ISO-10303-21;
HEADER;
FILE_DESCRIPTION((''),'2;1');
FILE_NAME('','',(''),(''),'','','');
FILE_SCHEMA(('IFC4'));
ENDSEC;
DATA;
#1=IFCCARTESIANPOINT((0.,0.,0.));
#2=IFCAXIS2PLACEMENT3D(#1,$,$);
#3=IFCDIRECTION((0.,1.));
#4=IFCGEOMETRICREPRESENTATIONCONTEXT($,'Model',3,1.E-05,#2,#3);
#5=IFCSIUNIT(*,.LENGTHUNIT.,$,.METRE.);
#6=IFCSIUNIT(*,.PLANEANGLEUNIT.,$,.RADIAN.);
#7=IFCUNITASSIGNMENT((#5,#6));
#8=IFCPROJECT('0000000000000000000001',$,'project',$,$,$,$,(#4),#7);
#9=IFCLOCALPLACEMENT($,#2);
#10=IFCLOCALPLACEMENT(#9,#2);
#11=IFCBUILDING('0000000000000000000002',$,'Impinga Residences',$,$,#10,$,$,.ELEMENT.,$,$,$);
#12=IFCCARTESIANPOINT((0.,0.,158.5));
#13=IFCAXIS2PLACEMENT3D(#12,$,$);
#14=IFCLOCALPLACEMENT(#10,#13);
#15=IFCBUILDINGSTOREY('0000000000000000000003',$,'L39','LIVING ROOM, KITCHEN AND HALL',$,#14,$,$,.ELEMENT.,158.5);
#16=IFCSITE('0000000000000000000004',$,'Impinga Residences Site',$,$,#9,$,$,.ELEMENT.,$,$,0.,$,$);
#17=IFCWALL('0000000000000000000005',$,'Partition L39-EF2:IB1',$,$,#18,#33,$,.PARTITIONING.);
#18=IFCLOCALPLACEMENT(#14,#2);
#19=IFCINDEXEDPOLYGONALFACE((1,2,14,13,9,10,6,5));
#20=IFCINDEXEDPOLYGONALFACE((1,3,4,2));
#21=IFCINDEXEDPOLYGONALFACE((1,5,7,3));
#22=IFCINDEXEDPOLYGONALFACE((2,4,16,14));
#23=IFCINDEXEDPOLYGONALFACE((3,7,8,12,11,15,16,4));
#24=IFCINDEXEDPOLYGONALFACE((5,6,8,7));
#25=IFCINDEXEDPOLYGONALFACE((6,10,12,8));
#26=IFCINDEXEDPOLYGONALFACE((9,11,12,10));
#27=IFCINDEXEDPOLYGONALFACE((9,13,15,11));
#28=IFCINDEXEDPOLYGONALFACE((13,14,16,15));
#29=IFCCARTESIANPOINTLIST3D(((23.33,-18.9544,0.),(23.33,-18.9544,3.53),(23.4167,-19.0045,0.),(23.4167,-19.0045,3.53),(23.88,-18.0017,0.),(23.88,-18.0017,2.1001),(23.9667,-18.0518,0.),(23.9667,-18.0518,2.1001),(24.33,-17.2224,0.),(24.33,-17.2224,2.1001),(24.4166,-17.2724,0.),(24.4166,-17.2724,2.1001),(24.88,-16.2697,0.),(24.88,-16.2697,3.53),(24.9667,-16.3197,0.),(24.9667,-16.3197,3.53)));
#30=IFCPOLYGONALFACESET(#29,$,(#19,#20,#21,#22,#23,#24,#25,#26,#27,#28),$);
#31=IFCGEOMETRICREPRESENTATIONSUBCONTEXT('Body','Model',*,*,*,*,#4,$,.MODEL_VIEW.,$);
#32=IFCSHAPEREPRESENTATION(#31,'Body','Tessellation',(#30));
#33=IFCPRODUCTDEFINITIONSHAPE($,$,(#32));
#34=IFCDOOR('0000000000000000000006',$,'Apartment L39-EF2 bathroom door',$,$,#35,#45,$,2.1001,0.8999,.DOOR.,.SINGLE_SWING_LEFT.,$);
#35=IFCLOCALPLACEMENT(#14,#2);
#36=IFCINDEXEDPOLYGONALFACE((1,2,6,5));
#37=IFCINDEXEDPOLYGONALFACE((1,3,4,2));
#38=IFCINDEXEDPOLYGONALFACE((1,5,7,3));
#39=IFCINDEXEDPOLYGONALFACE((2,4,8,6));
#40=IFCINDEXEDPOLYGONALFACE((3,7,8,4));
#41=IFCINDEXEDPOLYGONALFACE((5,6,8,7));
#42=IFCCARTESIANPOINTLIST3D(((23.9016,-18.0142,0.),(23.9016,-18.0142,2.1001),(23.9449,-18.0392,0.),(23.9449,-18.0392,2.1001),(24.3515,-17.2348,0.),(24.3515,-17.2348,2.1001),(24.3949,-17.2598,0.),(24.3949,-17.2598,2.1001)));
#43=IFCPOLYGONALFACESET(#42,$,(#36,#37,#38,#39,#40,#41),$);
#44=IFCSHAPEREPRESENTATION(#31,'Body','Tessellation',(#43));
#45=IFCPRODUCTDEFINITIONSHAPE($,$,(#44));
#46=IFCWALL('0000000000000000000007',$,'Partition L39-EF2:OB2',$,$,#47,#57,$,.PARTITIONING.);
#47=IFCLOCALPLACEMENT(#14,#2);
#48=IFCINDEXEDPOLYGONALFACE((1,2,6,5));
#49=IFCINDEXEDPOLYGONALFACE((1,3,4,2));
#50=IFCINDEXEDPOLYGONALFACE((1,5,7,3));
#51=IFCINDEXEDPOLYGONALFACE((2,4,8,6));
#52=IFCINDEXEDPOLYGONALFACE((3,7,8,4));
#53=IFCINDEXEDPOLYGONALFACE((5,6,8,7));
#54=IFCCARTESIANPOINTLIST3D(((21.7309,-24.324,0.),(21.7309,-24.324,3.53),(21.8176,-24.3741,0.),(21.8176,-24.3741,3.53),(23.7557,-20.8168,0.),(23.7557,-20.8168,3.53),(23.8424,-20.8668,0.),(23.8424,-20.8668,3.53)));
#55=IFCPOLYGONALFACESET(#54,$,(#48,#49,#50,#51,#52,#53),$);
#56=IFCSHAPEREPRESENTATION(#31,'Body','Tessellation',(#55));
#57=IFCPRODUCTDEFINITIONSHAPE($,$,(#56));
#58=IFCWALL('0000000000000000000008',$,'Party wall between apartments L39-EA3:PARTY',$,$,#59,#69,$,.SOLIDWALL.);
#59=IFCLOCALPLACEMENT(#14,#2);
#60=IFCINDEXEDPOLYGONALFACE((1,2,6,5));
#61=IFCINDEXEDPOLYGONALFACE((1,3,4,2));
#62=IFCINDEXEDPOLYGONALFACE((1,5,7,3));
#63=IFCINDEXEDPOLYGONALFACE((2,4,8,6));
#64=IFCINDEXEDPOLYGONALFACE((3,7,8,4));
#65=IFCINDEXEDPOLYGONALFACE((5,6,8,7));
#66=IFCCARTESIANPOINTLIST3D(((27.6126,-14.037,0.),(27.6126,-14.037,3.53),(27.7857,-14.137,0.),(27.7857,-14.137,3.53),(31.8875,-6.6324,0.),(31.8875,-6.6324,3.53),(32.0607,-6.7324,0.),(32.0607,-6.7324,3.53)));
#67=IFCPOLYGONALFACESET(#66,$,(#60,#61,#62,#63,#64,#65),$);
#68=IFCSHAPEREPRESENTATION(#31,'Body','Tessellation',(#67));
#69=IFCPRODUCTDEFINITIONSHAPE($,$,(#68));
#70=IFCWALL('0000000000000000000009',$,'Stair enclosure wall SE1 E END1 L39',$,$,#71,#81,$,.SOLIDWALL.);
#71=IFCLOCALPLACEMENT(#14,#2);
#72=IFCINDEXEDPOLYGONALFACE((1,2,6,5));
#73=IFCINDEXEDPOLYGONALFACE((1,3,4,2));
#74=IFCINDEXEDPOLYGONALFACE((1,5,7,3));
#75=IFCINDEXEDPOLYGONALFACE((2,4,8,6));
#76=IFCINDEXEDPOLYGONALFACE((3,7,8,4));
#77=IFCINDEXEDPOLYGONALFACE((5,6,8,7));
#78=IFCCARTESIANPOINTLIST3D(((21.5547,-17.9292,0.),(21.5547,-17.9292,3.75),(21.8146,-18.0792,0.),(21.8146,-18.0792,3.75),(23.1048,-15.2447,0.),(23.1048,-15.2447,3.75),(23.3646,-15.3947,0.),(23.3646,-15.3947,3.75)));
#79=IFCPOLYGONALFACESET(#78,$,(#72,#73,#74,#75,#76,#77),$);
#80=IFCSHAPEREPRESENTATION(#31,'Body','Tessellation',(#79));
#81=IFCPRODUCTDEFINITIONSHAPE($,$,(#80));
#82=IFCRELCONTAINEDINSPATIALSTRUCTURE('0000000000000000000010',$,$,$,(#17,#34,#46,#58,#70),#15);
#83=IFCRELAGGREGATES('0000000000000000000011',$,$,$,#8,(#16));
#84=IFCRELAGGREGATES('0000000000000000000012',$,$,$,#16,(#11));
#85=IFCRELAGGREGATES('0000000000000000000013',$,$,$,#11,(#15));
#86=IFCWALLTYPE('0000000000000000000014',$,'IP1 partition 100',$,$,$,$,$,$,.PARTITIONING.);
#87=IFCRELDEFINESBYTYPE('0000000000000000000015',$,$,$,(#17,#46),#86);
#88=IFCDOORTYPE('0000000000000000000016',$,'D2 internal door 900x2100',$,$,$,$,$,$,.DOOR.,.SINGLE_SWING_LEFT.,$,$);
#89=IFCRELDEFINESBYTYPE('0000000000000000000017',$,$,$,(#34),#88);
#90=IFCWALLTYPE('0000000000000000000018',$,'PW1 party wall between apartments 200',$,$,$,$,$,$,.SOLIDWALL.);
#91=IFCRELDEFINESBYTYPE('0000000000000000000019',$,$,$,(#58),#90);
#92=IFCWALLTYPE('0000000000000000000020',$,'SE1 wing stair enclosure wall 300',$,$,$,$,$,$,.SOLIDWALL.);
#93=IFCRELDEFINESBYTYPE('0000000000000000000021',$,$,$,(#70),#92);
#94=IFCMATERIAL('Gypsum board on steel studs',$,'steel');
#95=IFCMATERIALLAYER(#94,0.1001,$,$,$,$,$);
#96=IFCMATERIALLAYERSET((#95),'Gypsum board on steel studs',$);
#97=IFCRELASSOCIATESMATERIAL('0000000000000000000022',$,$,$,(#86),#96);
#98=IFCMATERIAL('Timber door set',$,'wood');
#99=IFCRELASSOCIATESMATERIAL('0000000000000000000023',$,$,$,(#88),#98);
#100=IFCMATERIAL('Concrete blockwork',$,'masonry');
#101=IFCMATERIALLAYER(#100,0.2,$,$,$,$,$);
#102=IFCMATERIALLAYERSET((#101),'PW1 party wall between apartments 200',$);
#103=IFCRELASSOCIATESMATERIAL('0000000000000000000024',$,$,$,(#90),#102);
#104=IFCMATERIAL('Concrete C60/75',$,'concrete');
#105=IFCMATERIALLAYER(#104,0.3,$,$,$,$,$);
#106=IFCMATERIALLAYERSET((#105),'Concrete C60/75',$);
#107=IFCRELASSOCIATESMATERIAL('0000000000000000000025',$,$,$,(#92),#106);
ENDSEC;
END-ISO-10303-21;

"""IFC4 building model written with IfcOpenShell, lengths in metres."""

from ifc_helpers import new_model, si_unit, direction, frame, frame_2d, origin, place, context, subcontext, project, spatial, rectangle, extrude, material, layer, layer_set, type_object, element, fill, save


model = new_model("IFC4")

# Units and contexts
model_context = context("Model", 3, precision=1e-05, world=origin(), true_north=direction((0.0, 1.0)))
body_context = subcontext(model_context, "Body", "Model", "MODEL_VIEW")
ifc_project = project(units=[si_unit("LENGTHUNIT", "METRE"), si_unit("PLANEANGLEUNIT", "RADIAN")], contexts=[model_context])

# Site, building, storey
site_placement = place(None, origin())
site = spatial("IfcSite", under=ifc_project, at=site_placement, Name="Impinga Residences Site", CompositionType="ELEMENT", RefElevation=0.0)
building_placement = place(site_placement, origin())
building = spatial("IfcBuilding", under=site, at=building_placement, Name="Impinga Residences", CompositionType="ELEMENT")
storey_placement = place(building_placement, frame((0.0, 0.0, 158.5)))
storey = spatial("IfcBuildingStorey", under=building, at=storey_placement, Name="L39", Description="LIVING ROOM, KITCHEN AND HALL", CompositionType="ELEMENT", Elevation=158.5)

# Shared definitions
ifc_material_1 = material(Name="Concrete C60/75", Category="concrete")

# Shared definitions
ifc_material_2 = material(Name="Gypsum board on steel studs", Category="steel")
ifc_layer_1 = layer(ifc_material_2, 0.1001)
ifc_layer_set_1 = layer_set([ifc_layer_1], Name="Gypsum board on steel studs")
wall_type_1 = type_object("IfcWallType", Name="IP1 partition 100", PredefinedType="PARTITIONING", material=ifc_layer_set_1)

# Wall, opening, door
wall_1_placement = place(storey_placement, frame((24.9233, -16.2947, 0.0), z_axis=(0.0, 0.0, 1.0), x_axis=(-0.499993, -0.86603, 0.0)))
wall_1 = element("IfcWall", 1, at=wall_1_placement, inside=storey, type_object=wall_type_1, Name="Partition L39-EF2:IB1", PredefinedType="PARTITIONING", context=body_context, shape_type="SweptSolid", body=[
    extrude(rectangle(XDim=3.1001, YDim=0.1001, at=frame_2d((1.55, 0.0))), origin(), (0.0, 0.0, 1.0), 3.53),
])
opening_1_placement = place(wall_1_placement, frame((1.1001, 0.0, 0.0)))
opening_1 = element("IfcOpeningElement", 2, at=opening_1_placement, cuts=wall_1, PredefinedType="OPENING", context=body_context, shape_type="SweptSolid", body=[
    extrude(rectangle(XDim=0.8999, YDim=2.1001, at=frame_2d((0.45, 1.05))), frame((0.0, 0.0601, 0.0), z_axis=(0.0, -1.0, 0.0), x_axis=(1.0, 0.0, 0.0)), (0.0, 0.0, 1.0), 0.1201),
])
ifc_material_3 = material(Name="Timber door set", Category="wood")
door_type = type_object("IfcDoorType", Name="D2 internal door 900x2100", OperationType="SINGLE_SWING_LEFT", PredefinedType="DOOR", material=ifc_material_3)
door_placement = place(opening_1_placement, origin())
door = element("IfcDoor", 3, at=door_placement, inside=storey, type_object=door_type, Name="Apartment L39-EF2 bathroom door", OperationType="SINGLE_SWING_LEFT", OverallHeight=2.1001, OverallWidth=0.8999, PredefinedType="DOOR", context=body_context, shape_type="SweptSolid", body=[
    extrude(rectangle(XDim=0.8999, YDim=2.1001, at=frame_2d((0.45, 1.05))), frame((0.0, 0.0249, 0.0), z_axis=(0.0, -1.0, 0.0), x_axis=(1.0, 0.0, 0.0)), (0.0, 0.0, 1.0), 0.05),
])
fill(opening_1, door)

# Walls
wall_2_placement = place(storey_placement, frame((23.7991, -20.8418, 0.0), z_axis=(0.0, 0.0, 1.0), x_axis=(-0.49999, -0.866031, 0.0)))
element("IfcWall", 4, at=wall_2_placement, inside=storey, type_object=wall_type_1, Name="Partition L39-EF2:OB2", PredefinedType="PARTITIONING", context=body_context, shape_type="SweptSolid", body=[
    extrude(rectangle(XDim=4.0498, YDim=0.1001, at=frame_2d((2.0249, 0.0))), origin(), (0.0, 0.0, 1.0), 3.53),
])
ifc_material_4 = material(Name="Concrete blockwork", Category="masonry")
ifc_layer_2 = layer(ifc_material_4, 0.2)
ifc_layer_set_2 = layer_set([ifc_layer_2], Name="PW1 party wall between apartments 200")
wall_type_2 = type_object("IfcWallType", Name="PW1 party wall between apartments 200", PredefinedType="SOLIDWALL", material=ifc_layer_set_2)
wall_3_placement = place(storey_placement, frame((27.6992, -14.0869, 0.0), z_axis=(0.0, 0.0, 1.0), x_axis=(0.49999, 0.866031, 0.0)))
element("IfcWall", 5, at=wall_3_placement, inside=storey, type_object=wall_type_2, Name="Party wall between apartments L39-EA3:PARTY", PredefinedType="SOLIDWALL", context=body_context, shape_type="SweptSolid", body=[
    extrude(rectangle(XDim=8.55, YDim=0.2, at=frame_2d((4.2749, 0.0))), origin(), (0.0, 0.0, 1.0), 3.53),
])
ifc_layer_3 = layer(ifc_material_1, 0.3)
ifc_layer_set_3 = layer_set([ifc_layer_3], Name="Concrete C60/75")
wall_type_3 = type_object("IfcWallType", Name="SE1 wing stair enclosure wall 300", PredefinedType="SOLIDWALL", material=ifc_layer_set_3)
wall_4_placement = place(storey_placement, frame((23.2346, -15.3198, 0.0), z_axis=(0.0, 0.0, 1.0), x_axis=(-0.500027, -0.86601, 0.0)))
element("IfcWall", 6, at=wall_4_placement, inside=storey, type_object=wall_type_3, Name="Stair enclosure wall SE1 E END1 L39", PredefinedType="SOLIDWALL", context=body_context, shape_type="SweptSolid", body=[
    extrude(rectangle(XDim=3.0999, YDim=0.3, at=frame_2d((1.5498, 0.0))), origin(), (0.0, 0.0, 1.0), 3.75),
])

save(model, "model.ifc")
